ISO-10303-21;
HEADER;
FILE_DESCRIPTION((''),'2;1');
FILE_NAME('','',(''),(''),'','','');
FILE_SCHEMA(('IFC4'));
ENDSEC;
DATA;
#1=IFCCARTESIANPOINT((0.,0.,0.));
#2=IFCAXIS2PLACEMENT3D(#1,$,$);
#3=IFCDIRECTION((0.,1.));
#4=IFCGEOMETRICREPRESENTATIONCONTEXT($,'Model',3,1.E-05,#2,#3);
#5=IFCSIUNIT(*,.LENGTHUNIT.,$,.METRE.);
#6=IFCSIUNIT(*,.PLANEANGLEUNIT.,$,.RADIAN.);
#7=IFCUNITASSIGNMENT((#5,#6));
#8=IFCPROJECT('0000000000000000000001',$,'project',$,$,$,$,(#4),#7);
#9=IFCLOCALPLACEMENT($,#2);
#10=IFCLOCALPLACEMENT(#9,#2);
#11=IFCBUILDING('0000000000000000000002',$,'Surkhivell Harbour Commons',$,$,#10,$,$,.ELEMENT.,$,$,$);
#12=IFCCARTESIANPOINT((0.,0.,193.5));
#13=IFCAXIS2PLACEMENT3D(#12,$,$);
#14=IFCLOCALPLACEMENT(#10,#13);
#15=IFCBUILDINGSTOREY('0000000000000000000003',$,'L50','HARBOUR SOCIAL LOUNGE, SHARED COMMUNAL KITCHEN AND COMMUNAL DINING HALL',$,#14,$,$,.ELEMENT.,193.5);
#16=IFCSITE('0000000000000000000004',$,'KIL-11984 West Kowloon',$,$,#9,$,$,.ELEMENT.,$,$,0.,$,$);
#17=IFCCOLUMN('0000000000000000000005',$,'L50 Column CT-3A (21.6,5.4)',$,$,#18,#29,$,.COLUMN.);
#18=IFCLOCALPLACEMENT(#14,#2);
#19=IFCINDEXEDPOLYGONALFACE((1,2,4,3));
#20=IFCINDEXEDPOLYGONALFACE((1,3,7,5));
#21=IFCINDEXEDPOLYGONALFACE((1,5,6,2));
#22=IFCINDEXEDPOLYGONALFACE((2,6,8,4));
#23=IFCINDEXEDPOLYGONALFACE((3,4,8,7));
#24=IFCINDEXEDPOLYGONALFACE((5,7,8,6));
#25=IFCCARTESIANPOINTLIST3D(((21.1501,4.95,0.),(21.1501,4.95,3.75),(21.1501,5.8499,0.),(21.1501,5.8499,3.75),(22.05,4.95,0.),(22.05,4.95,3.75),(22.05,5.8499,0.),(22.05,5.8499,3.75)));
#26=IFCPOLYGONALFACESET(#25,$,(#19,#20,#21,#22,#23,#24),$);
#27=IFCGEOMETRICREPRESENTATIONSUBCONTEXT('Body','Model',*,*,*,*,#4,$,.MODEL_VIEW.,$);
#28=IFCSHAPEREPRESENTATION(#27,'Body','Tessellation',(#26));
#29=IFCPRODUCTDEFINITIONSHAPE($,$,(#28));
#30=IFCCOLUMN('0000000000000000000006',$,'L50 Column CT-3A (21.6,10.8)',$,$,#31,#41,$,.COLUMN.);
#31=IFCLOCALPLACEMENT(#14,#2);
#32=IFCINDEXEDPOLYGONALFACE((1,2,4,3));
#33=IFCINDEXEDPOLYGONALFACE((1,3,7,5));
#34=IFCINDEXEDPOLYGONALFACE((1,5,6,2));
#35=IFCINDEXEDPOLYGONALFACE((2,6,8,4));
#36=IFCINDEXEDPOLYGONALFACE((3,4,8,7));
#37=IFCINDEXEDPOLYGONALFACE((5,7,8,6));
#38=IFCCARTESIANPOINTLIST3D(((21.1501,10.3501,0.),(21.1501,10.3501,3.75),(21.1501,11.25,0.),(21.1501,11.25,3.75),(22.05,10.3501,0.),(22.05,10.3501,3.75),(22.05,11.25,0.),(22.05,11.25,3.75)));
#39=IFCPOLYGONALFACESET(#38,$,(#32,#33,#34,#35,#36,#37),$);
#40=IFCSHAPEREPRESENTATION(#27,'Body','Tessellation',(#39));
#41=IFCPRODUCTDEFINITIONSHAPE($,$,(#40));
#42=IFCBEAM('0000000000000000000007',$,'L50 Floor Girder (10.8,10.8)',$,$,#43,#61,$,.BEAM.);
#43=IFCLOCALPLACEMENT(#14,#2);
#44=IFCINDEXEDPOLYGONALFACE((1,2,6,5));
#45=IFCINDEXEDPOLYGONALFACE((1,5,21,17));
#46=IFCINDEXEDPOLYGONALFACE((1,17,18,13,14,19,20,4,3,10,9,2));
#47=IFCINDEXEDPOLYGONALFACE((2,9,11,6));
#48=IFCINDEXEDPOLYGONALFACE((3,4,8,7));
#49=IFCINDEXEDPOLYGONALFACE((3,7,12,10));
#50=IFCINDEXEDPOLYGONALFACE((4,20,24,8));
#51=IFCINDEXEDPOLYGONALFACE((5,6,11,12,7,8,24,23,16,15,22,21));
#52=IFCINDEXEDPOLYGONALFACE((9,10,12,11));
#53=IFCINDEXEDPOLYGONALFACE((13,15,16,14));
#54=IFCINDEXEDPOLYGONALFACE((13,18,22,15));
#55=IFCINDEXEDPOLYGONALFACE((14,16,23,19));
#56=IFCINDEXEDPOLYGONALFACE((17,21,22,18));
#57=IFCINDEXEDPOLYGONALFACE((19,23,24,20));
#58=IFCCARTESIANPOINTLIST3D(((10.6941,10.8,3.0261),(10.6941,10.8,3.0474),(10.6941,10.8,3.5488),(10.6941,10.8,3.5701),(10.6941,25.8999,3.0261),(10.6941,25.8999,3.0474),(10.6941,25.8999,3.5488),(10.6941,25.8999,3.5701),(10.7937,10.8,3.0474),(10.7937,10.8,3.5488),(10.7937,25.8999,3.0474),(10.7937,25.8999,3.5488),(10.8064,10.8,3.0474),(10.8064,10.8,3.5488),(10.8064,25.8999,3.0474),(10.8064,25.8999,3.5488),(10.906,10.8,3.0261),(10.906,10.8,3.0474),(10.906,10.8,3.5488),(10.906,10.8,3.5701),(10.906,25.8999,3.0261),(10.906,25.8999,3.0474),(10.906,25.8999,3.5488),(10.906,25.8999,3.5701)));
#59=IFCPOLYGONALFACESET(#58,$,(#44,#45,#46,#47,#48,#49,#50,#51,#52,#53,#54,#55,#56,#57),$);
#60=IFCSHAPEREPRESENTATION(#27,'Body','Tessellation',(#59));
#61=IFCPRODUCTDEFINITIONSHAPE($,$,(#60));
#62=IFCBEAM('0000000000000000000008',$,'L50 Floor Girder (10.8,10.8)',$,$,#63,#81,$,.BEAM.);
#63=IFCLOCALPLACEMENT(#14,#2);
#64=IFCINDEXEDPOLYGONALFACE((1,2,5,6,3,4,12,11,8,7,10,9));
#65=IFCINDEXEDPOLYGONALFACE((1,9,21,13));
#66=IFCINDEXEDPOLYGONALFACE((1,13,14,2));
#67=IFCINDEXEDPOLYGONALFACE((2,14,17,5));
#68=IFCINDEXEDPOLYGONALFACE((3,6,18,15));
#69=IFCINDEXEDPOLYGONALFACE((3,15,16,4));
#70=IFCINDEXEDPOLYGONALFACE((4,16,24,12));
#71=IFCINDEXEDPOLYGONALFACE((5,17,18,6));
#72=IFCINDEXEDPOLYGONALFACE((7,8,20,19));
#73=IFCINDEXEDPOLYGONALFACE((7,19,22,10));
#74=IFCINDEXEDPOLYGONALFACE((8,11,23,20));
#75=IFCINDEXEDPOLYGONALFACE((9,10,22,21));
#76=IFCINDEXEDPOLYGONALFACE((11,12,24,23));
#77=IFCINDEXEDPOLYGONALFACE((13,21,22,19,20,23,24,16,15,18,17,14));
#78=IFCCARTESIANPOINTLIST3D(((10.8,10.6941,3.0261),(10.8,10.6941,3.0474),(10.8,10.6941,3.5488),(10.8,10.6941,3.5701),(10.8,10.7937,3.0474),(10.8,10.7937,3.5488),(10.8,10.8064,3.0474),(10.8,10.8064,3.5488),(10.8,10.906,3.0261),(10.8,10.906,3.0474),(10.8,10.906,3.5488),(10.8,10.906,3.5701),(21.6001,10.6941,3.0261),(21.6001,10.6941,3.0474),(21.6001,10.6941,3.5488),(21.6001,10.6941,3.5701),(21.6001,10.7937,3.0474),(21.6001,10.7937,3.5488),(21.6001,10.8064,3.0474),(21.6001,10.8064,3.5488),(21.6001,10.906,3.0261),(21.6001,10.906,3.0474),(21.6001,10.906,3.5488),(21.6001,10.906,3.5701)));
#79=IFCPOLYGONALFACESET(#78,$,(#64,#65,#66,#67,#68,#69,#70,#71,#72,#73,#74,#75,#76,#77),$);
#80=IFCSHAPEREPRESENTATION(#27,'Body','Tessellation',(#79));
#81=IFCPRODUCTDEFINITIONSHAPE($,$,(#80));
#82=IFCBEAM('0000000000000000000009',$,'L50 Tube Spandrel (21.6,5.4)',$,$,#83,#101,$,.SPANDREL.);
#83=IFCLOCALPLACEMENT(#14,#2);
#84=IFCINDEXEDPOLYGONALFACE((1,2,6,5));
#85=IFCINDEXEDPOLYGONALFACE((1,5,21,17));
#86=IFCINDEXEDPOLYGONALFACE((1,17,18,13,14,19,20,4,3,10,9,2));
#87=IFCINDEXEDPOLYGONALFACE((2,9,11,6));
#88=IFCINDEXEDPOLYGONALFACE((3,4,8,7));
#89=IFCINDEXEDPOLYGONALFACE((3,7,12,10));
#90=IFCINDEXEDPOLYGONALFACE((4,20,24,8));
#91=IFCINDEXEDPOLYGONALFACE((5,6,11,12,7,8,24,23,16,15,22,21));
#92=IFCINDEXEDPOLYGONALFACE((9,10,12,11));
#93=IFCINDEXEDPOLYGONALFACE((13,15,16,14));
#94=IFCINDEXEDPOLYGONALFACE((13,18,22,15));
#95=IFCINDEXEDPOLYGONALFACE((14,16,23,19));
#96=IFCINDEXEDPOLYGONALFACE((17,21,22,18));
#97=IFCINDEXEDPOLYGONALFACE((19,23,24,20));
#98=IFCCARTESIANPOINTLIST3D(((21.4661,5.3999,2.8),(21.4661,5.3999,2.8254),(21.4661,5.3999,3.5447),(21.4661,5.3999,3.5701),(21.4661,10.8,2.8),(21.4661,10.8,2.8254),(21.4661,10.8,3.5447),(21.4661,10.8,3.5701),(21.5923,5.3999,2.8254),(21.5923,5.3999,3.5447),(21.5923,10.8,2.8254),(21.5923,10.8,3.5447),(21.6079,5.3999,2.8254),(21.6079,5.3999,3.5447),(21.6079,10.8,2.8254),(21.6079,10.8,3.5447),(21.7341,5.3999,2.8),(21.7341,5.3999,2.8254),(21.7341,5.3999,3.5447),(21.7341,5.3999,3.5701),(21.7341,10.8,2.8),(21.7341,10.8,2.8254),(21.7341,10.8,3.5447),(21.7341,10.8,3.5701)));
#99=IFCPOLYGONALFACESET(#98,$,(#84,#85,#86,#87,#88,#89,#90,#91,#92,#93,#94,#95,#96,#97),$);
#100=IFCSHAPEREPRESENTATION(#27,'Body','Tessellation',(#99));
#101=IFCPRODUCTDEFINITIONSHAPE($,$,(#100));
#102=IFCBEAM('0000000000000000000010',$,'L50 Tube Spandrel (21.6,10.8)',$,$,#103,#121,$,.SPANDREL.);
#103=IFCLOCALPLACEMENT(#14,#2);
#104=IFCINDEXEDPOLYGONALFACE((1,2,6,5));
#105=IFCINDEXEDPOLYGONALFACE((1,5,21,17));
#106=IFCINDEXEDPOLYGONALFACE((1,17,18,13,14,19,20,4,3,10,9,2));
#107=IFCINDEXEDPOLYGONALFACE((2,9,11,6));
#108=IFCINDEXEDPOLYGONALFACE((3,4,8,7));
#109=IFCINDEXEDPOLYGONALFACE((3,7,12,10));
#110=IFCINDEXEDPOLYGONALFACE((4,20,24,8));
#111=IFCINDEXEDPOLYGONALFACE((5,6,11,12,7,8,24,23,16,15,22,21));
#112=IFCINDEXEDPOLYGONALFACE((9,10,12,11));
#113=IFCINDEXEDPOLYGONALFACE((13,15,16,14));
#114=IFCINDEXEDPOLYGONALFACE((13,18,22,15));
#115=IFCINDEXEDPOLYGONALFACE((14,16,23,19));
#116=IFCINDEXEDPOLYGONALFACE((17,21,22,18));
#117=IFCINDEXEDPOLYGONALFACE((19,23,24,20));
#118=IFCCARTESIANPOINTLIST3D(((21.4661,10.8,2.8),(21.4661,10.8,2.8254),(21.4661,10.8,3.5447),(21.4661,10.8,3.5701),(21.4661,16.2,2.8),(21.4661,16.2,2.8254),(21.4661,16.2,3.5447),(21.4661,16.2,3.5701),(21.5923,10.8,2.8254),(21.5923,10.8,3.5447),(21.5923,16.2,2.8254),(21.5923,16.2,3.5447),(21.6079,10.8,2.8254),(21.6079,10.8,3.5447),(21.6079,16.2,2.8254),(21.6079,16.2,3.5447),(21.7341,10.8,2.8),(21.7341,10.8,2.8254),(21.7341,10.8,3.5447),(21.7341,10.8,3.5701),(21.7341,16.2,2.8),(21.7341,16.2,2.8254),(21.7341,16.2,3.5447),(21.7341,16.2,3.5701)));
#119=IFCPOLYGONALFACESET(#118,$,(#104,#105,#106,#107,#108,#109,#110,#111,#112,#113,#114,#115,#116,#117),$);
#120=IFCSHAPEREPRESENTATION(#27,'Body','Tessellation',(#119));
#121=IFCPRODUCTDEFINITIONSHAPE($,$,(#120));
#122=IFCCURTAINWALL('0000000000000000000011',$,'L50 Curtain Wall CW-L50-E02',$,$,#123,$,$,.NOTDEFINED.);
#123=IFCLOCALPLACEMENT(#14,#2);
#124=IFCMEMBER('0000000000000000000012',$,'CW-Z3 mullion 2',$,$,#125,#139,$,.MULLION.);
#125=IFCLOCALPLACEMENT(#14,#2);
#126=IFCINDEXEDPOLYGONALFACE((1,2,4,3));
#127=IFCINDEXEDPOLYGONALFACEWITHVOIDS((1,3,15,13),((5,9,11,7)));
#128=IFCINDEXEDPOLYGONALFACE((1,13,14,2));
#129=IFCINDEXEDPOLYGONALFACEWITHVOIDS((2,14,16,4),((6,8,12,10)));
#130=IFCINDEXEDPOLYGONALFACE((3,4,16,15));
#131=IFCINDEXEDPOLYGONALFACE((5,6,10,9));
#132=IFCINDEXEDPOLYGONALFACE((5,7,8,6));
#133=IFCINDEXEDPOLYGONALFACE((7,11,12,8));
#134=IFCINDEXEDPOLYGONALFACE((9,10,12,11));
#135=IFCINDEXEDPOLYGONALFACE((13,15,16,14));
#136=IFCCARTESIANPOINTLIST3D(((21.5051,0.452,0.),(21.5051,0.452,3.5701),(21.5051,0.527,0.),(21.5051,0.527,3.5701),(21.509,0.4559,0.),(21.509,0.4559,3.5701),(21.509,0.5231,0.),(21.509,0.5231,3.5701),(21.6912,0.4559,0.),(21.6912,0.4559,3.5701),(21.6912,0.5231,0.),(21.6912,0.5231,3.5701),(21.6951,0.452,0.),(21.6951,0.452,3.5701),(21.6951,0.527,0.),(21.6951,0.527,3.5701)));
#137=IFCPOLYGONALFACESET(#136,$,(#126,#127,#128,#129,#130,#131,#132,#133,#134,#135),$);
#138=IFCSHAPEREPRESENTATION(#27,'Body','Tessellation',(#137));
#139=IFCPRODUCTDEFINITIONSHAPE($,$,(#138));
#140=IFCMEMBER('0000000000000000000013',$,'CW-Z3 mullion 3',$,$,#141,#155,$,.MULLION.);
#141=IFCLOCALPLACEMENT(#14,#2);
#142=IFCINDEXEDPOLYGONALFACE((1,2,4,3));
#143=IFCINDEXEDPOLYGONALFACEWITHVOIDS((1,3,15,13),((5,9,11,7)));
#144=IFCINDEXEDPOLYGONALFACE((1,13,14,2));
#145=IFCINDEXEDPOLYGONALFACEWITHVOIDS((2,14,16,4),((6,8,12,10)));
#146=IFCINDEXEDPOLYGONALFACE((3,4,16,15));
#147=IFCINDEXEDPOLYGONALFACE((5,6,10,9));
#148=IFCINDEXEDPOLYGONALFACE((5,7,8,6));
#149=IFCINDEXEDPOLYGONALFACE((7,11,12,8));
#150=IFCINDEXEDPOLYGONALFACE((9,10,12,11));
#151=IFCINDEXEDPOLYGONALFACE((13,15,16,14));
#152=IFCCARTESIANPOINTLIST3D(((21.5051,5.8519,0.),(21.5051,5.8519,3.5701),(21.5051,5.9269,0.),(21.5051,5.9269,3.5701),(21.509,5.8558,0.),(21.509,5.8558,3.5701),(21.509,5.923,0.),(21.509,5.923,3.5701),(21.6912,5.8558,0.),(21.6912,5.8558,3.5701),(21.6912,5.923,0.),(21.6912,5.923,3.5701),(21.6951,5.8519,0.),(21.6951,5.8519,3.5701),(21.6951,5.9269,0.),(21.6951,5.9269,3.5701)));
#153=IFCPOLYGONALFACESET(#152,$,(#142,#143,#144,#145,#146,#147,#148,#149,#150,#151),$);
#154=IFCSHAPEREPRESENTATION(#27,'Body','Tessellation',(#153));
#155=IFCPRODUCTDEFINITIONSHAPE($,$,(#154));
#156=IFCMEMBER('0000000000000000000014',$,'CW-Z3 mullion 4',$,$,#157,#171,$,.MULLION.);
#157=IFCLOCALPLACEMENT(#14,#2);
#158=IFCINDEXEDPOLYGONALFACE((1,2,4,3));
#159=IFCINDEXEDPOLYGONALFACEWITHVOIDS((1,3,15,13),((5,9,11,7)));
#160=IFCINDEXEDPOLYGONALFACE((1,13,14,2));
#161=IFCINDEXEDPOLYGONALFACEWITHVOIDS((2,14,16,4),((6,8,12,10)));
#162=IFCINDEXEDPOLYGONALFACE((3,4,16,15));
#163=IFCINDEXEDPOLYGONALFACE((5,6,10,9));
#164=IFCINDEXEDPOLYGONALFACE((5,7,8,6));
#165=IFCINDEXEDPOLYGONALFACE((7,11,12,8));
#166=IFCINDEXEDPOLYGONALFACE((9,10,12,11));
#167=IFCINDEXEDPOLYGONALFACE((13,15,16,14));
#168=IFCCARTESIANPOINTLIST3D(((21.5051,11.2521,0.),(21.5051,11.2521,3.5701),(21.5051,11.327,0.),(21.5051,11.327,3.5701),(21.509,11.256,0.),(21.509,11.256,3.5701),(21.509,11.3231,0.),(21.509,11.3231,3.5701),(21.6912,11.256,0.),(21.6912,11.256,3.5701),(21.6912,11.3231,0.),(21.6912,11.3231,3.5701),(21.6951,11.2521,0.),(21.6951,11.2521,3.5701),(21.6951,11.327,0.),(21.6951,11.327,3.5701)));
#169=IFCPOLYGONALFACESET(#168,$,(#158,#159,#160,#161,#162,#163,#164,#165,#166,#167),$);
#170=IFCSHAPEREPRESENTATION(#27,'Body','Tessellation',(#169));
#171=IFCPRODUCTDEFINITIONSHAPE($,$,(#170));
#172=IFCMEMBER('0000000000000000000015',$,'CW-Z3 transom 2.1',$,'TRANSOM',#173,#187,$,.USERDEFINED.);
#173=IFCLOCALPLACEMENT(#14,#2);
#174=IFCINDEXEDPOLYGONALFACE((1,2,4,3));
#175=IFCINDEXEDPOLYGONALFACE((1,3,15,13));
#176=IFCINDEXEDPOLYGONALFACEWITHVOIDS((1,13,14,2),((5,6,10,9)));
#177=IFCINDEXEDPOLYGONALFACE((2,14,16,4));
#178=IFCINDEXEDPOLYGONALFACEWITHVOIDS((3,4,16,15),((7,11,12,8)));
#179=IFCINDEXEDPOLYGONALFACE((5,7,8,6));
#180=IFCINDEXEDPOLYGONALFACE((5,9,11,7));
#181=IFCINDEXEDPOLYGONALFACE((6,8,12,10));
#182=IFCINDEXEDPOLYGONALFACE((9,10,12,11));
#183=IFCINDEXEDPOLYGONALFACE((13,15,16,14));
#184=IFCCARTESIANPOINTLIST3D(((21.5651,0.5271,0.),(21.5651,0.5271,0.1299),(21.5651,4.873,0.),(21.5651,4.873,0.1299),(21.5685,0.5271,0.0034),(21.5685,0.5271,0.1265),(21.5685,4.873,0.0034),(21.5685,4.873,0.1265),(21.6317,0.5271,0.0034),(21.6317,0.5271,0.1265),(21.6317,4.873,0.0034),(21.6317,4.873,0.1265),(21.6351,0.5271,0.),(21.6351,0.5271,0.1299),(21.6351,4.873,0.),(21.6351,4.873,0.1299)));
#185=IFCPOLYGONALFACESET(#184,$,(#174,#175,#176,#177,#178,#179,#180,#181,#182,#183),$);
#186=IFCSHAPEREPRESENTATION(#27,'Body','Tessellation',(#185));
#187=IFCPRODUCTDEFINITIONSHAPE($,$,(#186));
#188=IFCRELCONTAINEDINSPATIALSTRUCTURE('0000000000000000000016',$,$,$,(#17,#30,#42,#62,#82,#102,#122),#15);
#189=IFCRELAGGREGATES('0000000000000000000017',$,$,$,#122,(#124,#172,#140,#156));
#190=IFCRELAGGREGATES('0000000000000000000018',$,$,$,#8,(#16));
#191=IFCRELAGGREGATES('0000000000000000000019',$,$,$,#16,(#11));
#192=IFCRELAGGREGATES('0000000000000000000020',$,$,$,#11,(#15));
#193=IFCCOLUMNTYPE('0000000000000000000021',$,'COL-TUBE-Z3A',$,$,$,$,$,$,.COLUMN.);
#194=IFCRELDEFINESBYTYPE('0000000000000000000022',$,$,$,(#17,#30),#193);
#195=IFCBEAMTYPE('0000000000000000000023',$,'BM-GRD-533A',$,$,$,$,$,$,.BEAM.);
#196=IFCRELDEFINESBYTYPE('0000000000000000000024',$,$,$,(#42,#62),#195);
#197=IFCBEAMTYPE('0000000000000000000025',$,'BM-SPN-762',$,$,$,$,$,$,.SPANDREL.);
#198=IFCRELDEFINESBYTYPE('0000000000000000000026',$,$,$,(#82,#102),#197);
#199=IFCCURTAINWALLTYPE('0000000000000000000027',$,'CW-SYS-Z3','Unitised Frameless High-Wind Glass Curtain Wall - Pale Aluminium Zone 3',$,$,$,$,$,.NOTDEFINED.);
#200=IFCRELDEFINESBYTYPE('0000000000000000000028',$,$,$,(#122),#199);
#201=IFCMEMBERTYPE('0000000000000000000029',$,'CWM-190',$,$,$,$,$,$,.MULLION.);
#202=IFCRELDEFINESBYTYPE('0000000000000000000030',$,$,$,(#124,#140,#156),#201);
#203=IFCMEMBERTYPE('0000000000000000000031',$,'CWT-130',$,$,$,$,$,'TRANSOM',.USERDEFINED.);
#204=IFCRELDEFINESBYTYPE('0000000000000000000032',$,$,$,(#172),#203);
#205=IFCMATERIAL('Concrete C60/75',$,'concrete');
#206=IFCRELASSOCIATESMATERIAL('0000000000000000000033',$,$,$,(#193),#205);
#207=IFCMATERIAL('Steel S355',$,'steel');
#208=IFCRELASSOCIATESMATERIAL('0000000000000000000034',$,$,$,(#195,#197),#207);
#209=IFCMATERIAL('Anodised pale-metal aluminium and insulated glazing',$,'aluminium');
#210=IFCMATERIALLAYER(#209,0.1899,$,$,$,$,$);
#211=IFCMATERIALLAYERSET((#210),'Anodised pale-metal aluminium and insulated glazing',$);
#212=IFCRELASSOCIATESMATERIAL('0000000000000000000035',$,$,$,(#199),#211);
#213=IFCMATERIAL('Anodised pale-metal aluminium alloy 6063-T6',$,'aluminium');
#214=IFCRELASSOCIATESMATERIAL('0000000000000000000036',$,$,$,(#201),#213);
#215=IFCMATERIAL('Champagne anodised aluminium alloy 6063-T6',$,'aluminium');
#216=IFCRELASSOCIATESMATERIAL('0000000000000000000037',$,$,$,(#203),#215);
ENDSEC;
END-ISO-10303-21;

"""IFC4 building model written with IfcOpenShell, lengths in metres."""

from ifc_helpers import new_model, si_unit, direction, frame, origin, origin_2d, place, context, subcontext, project, spatial, rectangle, hollow_rectangle, i_section, extrude, material, layer, layer_set, material_profile, profile_set, type_object, element, aggregate, save


model = new_model("IFC4")

# Units and contexts
model_context = context("Model", 3, precision=1e-05, world=origin(), true_north=direction((0.0, 1.0)))
body_context = subcontext(model_context, "Body", "Model", "MODEL_VIEW")
ifc_project = project(units=[si_unit("LENGTHUNIT", "METRE"), si_unit("PLANEANGLEUNIT", "RADIAN")], contexts=[model_context])

# Site, building, storey
site_placement = place(None, origin())
site = spatial("IfcSite", under=ifc_project, at=site_placement, Name="KIL-11984 West Kowloon", CompositionType="ELEMENT", RefElevation=0.0)
building_placement = place(site_placement, origin())
building = spatial("IfcBuilding", under=site, at=building_placement, Name="Surkhivell Harbour Commons", CompositionType="ELEMENT")
storey_placement = place(building_placement, frame((0.0, 0.0, 193.5)))
storey = spatial("IfcBuildingStorey", under=building, at=storey_placement, Name="L50", Description="HARBOUR SOCIAL LOUNGE, SHARED COMMUNAL KITCHEN AND COMMUNAL DINING HALL", CompositionType="ELEMENT", Elevation=193.5)

# Columns
ifc_material_1 = material(Name="Concrete C60/75", Category="concrete")
ifc_material_profile_1 = material_profile(ifc_material_1, rectangle(XDim=0.8999, YDim=0.8999, at=origin_2d()), Name="RC-COL-900x900")
ifc_profile_set_1 = profile_set([ifc_material_profile_1], Name="Concrete C60/75")
column_type = type_object("IfcColumnType", Name="COL-TUBE-Z3A", PredefinedType="COLUMN", material=ifc_profile_set_1)
for number, where, z_axis, x_axis, name in (
    (1, (21.6001, 5.3999, 0.0), (0.0, 0.0, 1.0), (1.0, 0.0, 0.0), "L50 Column CT-3A (21.6,5.4)"),
    (2, (21.6001, 10.8, 0.0), (0.0, 0.0, 1.0), (1.0, 0.0, 0.0), "L50 Column CT-3A (21.6,10.8)"),
):
    element("IfcColumn", number, at=place(storey_placement, frame(where, z_axis=z_axis, x_axis=x_axis)), inside=storey, type_object=column_type, Name=name, PredefinedType="COLUMN", context=body_context, shape_type="SweptSolid", body=[
        extrude(rectangle(XDim=0.8999, YDim=0.8999, at=origin_2d()), origin(), (0.0, 0.0, 1.0), 3.75),
    ])

# Beams
ifc_material_2 = material(Name="Steel S355", Category="steel")
ifc_material_profile_2 = material_profile(ifc_material_2, i_section(OverallWidth=0.2119, OverallDepth=0.5439, WebThickness=0.0127, FlangeThickness=0.0212, at=origin_2d()), Name="UB533x210x122")
ifc_profile_set_2 = profile_set([ifc_material_profile_2], Name="Steel S355")
beam_type_1 = type_object("IfcBeamType", Name="BM-GRD-533A", PredefinedType="BEAM", material=ifc_profile_set_2)
beam_1_placement = place(storey_placement, frame((10.8, 10.8, 3.2981), z_axis=(0.0, 1.0, 0.0), x_axis=(-1.0, 0.0, 0.0)))
element("IfcBeam", 3, at=beam_1_placement, inside=storey, type_object=beam_type_1, Name="L50 Floor Girder (10.8,10.8)", PredefinedType="BEAM", context=body_context, shape_type="SweptSolid", body=[
    extrude(i_section(OverallWidth=0.2119, OverallDepth=0.5439, WebThickness=0.0127, FlangeThickness=0.0212, at=origin_2d()), origin(), (0.0, 0.0, 1.0), 15.0999),
])
beam_2_placement = place(storey_placement, frame((10.8, 10.8, 3.2981), z_axis=(1.0, 0.0, 0.0), x_axis=(0.0, 1.0, 0.0)))
element("IfcBeam", 4, at=beam_2_placement, inside=storey, type_object=beam_type_1, Name="L50 Floor Girder (10.8,10.8)", PredefinedType="BEAM", context=body_context, shape_type="SweptSolid", body=[
    extrude(i_section(OverallWidth=0.2119, OverallDepth=0.5439, WebThickness=0.0127, FlangeThickness=0.0212, at=origin_2d()), origin(), (0.0, 0.0, 1.0), 10.8),
])
ifc_material_profile_3 = material_profile(ifc_material_2, i_section(OverallWidth=0.2681, OverallDepth=0.77, WebThickness=0.0156, FlangeThickness=0.0254, at=origin_2d()), Name="UB762x267x197")
ifc_profile_set_3 = profile_set([ifc_material_profile_3], Name="Steel S355")
beam_type_2 = type_object("IfcBeamType", Name="BM-SPN-762", PredefinedType="SPANDREL", material=ifc_profile_set_3)
beam_3_placement = place(storey_placement, frame((21.6001, 5.3999, 3.1851), z_axis=(0.0, 1.0, 0.0), x_axis=(-1.0, 0.0, 0.0)))
element("IfcBeam", 5, at=beam_3_placement, inside=storey, type_object=beam_type_2, Name="L50 Tube Spandrel (21.6,5.4)", PredefinedType="SPANDREL", context=body_context, shape_type="SweptSolid", body=[
    extrude(i_section(OverallWidth=0.2681, OverallDepth=0.77, WebThickness=0.0156, FlangeThickness=0.0254, at=origin_2d()), origin(), (0.0, 0.0, 1.0), 5.4001),
])
beam_4_placement = place(storey_placement, frame((21.6001, 10.8, 3.1851), z_axis=(0.0, 1.0, 0.0), x_axis=(-1.0, 0.0, 0.0)))
element("IfcBeam", 6, at=beam_4_placement, inside=storey, type_object=beam_type_2, Name="L50 Tube Spandrel (21.6,10.8)", PredefinedType="SPANDREL", context=body_context, shape_type="SweptSolid", body=[
    extrude(i_section(OverallWidth=0.2681, OverallDepth=0.77, WebThickness=0.0156, FlangeThickness=0.0254, at=origin_2d()), origin(), (0.0, 0.0, 1.0), 5.3999),
])

# Curtain wall, members
ifc_material_3 = material(Name="Anodised pale-metal aluminium and insulated glazing", Category="aluminium")
ifc_layer_1 = layer(ifc_material_3, 0.1899)
ifc_layer_set_1 = layer_set([ifc_layer_1], Name="Anodised pale-metal aluminium and insulated glazing")
curtain_wall_type = type_object("IfcCurtainWallType", Name="CW-SYS-Z3", Description="Unitised Frameless High-Wind Glass Curtain Wall - Pale Aluminium Zone 3", PredefinedType="NOTDEFINED", material=ifc_layer_set_1)
curtain_wall_placement = place(storey_placement, origin())
curtain_wall = element("IfcCurtainWall", 7, at=curtain_wall_placement, inside=storey, type_object=curtain_wall_type, Name="L50 Curtain Wall CW-L50-E02", PredefinedType="NOTDEFINED")
ifc_material_4 = material(Name="Anodised pale-metal aluminium alloy 6063-T6", Category="aluminium")
ifc_material_profile_4 = material_profile(ifc_material_4, hollow_rectangle(XDim=0.075, YDim=0.1899, WallThickness=0.0039, at=origin_2d()), Name="ALU-MULL-75x190")
ifc_profile_set_4 = profile_set([ifc_material_profile_4], Name="Anodised pale-metal aluminium alloy 6063-T6")
member_type_1 = type_object("IfcMemberType", Name="CWM-190", PredefinedType="MULLION", material=ifc_profile_set_4)
member_1_placement = place(storey_placement, frame((21.6001, 0.4895, 0.0), z_axis=(0.0, 0.0, 1.0), x_axis=(0.0, 1.0, 0.0)))
member_1 = element("IfcMember", 8, at=member_1_placement, type_object=member_type_1, Name="CW-Z3 mullion 2", PredefinedType="MULLION", context=body_context, shape_type="SweptSolid", body=[
    extrude(hollow_rectangle(XDim=0.075, YDim=0.1899, WallThickness=0.0039, at=origin_2d()), origin(), (0.0, 0.0, 1.0), 3.5701),
])
member_2_placement = place(storey_placement, frame((21.6001, 5.8894, 0.0), z_axis=(0.0, 0.0, 1.0), x_axis=(0.0, 1.0, 0.0)))
member_2 = element("IfcMember", 9, at=member_2_placement, type_object=member_type_1, Name="CW-Z3 mullion 3", PredefinedType="MULLION", context=body_context, shape_type="SweptSolid", body=[
    extrude(hollow_rectangle(XDim=0.075, YDim=0.1899, WallThickness=0.0039, at=origin_2d()), origin(), (0.0, 0.0, 1.0), 3.5701),
])
member_3_placement = place(storey_placement, frame((21.6001, 11.2896, 0.0), z_axis=(0.0, 0.0, 1.0), x_axis=(0.0, 1.0, 0.0)))
member_3 = element("IfcMember", 10, at=member_3_placement, type_object=member_type_1, Name="CW-Z3 mullion 4", PredefinedType="MULLION", context=body_context, shape_type="SweptSolid", body=[
    extrude(hollow_rectangle(XDim=0.075, YDim=0.1899, WallThickness=0.0039, at=origin_2d()), origin(), (0.0, 0.0, 1.0), 3.5701),
])
ifc_material_5 = material(Name="Champagne anodised aluminium alloy 6063-T6", Category="aluminium")
ifc_material_profile_5 = material_profile(ifc_material_5, hollow_rectangle(XDim=0.0701, YDim=0.1299, WallThickness=0.0034, at=origin_2d()), Name="ALU-TRAN-70x130")
ifc_profile_set_5 = profile_set([ifc_material_profile_5], Name="Champagne anodised aluminium alloy 6063-T6")
member_type_2 = type_object("IfcMemberType", Name="CWT-130", ElementType="TRANSOM", PredefinedType="USERDEFINED", material=ifc_profile_set_5)
member_4_placement = place(storey_placement, frame((21.6001, 0.5271, 0.0649), z_axis=(0.0, 1.0, 0.0), x_axis=(-1.0, 0.0, 0.0)))
member_4 = element("IfcMember", 11, at=member_4_placement, type_object=member_type_2, Name="CW-Z3 transom 2.1", ObjectType="TRANSOM", PredefinedType="USERDEFINED", context=body_context, shape_type="SweptSolid", body=[
    extrude(hollow_rectangle(XDim=0.0701, YDim=0.1299, WallThickness=0.0034, at=origin_2d()), origin(), (0.0, 0.0, 1.0), 4.3459),
])
aggregate(curtain_wall, [member_1, member_4, member_2, member_3])

save(model, "model.ifc")
